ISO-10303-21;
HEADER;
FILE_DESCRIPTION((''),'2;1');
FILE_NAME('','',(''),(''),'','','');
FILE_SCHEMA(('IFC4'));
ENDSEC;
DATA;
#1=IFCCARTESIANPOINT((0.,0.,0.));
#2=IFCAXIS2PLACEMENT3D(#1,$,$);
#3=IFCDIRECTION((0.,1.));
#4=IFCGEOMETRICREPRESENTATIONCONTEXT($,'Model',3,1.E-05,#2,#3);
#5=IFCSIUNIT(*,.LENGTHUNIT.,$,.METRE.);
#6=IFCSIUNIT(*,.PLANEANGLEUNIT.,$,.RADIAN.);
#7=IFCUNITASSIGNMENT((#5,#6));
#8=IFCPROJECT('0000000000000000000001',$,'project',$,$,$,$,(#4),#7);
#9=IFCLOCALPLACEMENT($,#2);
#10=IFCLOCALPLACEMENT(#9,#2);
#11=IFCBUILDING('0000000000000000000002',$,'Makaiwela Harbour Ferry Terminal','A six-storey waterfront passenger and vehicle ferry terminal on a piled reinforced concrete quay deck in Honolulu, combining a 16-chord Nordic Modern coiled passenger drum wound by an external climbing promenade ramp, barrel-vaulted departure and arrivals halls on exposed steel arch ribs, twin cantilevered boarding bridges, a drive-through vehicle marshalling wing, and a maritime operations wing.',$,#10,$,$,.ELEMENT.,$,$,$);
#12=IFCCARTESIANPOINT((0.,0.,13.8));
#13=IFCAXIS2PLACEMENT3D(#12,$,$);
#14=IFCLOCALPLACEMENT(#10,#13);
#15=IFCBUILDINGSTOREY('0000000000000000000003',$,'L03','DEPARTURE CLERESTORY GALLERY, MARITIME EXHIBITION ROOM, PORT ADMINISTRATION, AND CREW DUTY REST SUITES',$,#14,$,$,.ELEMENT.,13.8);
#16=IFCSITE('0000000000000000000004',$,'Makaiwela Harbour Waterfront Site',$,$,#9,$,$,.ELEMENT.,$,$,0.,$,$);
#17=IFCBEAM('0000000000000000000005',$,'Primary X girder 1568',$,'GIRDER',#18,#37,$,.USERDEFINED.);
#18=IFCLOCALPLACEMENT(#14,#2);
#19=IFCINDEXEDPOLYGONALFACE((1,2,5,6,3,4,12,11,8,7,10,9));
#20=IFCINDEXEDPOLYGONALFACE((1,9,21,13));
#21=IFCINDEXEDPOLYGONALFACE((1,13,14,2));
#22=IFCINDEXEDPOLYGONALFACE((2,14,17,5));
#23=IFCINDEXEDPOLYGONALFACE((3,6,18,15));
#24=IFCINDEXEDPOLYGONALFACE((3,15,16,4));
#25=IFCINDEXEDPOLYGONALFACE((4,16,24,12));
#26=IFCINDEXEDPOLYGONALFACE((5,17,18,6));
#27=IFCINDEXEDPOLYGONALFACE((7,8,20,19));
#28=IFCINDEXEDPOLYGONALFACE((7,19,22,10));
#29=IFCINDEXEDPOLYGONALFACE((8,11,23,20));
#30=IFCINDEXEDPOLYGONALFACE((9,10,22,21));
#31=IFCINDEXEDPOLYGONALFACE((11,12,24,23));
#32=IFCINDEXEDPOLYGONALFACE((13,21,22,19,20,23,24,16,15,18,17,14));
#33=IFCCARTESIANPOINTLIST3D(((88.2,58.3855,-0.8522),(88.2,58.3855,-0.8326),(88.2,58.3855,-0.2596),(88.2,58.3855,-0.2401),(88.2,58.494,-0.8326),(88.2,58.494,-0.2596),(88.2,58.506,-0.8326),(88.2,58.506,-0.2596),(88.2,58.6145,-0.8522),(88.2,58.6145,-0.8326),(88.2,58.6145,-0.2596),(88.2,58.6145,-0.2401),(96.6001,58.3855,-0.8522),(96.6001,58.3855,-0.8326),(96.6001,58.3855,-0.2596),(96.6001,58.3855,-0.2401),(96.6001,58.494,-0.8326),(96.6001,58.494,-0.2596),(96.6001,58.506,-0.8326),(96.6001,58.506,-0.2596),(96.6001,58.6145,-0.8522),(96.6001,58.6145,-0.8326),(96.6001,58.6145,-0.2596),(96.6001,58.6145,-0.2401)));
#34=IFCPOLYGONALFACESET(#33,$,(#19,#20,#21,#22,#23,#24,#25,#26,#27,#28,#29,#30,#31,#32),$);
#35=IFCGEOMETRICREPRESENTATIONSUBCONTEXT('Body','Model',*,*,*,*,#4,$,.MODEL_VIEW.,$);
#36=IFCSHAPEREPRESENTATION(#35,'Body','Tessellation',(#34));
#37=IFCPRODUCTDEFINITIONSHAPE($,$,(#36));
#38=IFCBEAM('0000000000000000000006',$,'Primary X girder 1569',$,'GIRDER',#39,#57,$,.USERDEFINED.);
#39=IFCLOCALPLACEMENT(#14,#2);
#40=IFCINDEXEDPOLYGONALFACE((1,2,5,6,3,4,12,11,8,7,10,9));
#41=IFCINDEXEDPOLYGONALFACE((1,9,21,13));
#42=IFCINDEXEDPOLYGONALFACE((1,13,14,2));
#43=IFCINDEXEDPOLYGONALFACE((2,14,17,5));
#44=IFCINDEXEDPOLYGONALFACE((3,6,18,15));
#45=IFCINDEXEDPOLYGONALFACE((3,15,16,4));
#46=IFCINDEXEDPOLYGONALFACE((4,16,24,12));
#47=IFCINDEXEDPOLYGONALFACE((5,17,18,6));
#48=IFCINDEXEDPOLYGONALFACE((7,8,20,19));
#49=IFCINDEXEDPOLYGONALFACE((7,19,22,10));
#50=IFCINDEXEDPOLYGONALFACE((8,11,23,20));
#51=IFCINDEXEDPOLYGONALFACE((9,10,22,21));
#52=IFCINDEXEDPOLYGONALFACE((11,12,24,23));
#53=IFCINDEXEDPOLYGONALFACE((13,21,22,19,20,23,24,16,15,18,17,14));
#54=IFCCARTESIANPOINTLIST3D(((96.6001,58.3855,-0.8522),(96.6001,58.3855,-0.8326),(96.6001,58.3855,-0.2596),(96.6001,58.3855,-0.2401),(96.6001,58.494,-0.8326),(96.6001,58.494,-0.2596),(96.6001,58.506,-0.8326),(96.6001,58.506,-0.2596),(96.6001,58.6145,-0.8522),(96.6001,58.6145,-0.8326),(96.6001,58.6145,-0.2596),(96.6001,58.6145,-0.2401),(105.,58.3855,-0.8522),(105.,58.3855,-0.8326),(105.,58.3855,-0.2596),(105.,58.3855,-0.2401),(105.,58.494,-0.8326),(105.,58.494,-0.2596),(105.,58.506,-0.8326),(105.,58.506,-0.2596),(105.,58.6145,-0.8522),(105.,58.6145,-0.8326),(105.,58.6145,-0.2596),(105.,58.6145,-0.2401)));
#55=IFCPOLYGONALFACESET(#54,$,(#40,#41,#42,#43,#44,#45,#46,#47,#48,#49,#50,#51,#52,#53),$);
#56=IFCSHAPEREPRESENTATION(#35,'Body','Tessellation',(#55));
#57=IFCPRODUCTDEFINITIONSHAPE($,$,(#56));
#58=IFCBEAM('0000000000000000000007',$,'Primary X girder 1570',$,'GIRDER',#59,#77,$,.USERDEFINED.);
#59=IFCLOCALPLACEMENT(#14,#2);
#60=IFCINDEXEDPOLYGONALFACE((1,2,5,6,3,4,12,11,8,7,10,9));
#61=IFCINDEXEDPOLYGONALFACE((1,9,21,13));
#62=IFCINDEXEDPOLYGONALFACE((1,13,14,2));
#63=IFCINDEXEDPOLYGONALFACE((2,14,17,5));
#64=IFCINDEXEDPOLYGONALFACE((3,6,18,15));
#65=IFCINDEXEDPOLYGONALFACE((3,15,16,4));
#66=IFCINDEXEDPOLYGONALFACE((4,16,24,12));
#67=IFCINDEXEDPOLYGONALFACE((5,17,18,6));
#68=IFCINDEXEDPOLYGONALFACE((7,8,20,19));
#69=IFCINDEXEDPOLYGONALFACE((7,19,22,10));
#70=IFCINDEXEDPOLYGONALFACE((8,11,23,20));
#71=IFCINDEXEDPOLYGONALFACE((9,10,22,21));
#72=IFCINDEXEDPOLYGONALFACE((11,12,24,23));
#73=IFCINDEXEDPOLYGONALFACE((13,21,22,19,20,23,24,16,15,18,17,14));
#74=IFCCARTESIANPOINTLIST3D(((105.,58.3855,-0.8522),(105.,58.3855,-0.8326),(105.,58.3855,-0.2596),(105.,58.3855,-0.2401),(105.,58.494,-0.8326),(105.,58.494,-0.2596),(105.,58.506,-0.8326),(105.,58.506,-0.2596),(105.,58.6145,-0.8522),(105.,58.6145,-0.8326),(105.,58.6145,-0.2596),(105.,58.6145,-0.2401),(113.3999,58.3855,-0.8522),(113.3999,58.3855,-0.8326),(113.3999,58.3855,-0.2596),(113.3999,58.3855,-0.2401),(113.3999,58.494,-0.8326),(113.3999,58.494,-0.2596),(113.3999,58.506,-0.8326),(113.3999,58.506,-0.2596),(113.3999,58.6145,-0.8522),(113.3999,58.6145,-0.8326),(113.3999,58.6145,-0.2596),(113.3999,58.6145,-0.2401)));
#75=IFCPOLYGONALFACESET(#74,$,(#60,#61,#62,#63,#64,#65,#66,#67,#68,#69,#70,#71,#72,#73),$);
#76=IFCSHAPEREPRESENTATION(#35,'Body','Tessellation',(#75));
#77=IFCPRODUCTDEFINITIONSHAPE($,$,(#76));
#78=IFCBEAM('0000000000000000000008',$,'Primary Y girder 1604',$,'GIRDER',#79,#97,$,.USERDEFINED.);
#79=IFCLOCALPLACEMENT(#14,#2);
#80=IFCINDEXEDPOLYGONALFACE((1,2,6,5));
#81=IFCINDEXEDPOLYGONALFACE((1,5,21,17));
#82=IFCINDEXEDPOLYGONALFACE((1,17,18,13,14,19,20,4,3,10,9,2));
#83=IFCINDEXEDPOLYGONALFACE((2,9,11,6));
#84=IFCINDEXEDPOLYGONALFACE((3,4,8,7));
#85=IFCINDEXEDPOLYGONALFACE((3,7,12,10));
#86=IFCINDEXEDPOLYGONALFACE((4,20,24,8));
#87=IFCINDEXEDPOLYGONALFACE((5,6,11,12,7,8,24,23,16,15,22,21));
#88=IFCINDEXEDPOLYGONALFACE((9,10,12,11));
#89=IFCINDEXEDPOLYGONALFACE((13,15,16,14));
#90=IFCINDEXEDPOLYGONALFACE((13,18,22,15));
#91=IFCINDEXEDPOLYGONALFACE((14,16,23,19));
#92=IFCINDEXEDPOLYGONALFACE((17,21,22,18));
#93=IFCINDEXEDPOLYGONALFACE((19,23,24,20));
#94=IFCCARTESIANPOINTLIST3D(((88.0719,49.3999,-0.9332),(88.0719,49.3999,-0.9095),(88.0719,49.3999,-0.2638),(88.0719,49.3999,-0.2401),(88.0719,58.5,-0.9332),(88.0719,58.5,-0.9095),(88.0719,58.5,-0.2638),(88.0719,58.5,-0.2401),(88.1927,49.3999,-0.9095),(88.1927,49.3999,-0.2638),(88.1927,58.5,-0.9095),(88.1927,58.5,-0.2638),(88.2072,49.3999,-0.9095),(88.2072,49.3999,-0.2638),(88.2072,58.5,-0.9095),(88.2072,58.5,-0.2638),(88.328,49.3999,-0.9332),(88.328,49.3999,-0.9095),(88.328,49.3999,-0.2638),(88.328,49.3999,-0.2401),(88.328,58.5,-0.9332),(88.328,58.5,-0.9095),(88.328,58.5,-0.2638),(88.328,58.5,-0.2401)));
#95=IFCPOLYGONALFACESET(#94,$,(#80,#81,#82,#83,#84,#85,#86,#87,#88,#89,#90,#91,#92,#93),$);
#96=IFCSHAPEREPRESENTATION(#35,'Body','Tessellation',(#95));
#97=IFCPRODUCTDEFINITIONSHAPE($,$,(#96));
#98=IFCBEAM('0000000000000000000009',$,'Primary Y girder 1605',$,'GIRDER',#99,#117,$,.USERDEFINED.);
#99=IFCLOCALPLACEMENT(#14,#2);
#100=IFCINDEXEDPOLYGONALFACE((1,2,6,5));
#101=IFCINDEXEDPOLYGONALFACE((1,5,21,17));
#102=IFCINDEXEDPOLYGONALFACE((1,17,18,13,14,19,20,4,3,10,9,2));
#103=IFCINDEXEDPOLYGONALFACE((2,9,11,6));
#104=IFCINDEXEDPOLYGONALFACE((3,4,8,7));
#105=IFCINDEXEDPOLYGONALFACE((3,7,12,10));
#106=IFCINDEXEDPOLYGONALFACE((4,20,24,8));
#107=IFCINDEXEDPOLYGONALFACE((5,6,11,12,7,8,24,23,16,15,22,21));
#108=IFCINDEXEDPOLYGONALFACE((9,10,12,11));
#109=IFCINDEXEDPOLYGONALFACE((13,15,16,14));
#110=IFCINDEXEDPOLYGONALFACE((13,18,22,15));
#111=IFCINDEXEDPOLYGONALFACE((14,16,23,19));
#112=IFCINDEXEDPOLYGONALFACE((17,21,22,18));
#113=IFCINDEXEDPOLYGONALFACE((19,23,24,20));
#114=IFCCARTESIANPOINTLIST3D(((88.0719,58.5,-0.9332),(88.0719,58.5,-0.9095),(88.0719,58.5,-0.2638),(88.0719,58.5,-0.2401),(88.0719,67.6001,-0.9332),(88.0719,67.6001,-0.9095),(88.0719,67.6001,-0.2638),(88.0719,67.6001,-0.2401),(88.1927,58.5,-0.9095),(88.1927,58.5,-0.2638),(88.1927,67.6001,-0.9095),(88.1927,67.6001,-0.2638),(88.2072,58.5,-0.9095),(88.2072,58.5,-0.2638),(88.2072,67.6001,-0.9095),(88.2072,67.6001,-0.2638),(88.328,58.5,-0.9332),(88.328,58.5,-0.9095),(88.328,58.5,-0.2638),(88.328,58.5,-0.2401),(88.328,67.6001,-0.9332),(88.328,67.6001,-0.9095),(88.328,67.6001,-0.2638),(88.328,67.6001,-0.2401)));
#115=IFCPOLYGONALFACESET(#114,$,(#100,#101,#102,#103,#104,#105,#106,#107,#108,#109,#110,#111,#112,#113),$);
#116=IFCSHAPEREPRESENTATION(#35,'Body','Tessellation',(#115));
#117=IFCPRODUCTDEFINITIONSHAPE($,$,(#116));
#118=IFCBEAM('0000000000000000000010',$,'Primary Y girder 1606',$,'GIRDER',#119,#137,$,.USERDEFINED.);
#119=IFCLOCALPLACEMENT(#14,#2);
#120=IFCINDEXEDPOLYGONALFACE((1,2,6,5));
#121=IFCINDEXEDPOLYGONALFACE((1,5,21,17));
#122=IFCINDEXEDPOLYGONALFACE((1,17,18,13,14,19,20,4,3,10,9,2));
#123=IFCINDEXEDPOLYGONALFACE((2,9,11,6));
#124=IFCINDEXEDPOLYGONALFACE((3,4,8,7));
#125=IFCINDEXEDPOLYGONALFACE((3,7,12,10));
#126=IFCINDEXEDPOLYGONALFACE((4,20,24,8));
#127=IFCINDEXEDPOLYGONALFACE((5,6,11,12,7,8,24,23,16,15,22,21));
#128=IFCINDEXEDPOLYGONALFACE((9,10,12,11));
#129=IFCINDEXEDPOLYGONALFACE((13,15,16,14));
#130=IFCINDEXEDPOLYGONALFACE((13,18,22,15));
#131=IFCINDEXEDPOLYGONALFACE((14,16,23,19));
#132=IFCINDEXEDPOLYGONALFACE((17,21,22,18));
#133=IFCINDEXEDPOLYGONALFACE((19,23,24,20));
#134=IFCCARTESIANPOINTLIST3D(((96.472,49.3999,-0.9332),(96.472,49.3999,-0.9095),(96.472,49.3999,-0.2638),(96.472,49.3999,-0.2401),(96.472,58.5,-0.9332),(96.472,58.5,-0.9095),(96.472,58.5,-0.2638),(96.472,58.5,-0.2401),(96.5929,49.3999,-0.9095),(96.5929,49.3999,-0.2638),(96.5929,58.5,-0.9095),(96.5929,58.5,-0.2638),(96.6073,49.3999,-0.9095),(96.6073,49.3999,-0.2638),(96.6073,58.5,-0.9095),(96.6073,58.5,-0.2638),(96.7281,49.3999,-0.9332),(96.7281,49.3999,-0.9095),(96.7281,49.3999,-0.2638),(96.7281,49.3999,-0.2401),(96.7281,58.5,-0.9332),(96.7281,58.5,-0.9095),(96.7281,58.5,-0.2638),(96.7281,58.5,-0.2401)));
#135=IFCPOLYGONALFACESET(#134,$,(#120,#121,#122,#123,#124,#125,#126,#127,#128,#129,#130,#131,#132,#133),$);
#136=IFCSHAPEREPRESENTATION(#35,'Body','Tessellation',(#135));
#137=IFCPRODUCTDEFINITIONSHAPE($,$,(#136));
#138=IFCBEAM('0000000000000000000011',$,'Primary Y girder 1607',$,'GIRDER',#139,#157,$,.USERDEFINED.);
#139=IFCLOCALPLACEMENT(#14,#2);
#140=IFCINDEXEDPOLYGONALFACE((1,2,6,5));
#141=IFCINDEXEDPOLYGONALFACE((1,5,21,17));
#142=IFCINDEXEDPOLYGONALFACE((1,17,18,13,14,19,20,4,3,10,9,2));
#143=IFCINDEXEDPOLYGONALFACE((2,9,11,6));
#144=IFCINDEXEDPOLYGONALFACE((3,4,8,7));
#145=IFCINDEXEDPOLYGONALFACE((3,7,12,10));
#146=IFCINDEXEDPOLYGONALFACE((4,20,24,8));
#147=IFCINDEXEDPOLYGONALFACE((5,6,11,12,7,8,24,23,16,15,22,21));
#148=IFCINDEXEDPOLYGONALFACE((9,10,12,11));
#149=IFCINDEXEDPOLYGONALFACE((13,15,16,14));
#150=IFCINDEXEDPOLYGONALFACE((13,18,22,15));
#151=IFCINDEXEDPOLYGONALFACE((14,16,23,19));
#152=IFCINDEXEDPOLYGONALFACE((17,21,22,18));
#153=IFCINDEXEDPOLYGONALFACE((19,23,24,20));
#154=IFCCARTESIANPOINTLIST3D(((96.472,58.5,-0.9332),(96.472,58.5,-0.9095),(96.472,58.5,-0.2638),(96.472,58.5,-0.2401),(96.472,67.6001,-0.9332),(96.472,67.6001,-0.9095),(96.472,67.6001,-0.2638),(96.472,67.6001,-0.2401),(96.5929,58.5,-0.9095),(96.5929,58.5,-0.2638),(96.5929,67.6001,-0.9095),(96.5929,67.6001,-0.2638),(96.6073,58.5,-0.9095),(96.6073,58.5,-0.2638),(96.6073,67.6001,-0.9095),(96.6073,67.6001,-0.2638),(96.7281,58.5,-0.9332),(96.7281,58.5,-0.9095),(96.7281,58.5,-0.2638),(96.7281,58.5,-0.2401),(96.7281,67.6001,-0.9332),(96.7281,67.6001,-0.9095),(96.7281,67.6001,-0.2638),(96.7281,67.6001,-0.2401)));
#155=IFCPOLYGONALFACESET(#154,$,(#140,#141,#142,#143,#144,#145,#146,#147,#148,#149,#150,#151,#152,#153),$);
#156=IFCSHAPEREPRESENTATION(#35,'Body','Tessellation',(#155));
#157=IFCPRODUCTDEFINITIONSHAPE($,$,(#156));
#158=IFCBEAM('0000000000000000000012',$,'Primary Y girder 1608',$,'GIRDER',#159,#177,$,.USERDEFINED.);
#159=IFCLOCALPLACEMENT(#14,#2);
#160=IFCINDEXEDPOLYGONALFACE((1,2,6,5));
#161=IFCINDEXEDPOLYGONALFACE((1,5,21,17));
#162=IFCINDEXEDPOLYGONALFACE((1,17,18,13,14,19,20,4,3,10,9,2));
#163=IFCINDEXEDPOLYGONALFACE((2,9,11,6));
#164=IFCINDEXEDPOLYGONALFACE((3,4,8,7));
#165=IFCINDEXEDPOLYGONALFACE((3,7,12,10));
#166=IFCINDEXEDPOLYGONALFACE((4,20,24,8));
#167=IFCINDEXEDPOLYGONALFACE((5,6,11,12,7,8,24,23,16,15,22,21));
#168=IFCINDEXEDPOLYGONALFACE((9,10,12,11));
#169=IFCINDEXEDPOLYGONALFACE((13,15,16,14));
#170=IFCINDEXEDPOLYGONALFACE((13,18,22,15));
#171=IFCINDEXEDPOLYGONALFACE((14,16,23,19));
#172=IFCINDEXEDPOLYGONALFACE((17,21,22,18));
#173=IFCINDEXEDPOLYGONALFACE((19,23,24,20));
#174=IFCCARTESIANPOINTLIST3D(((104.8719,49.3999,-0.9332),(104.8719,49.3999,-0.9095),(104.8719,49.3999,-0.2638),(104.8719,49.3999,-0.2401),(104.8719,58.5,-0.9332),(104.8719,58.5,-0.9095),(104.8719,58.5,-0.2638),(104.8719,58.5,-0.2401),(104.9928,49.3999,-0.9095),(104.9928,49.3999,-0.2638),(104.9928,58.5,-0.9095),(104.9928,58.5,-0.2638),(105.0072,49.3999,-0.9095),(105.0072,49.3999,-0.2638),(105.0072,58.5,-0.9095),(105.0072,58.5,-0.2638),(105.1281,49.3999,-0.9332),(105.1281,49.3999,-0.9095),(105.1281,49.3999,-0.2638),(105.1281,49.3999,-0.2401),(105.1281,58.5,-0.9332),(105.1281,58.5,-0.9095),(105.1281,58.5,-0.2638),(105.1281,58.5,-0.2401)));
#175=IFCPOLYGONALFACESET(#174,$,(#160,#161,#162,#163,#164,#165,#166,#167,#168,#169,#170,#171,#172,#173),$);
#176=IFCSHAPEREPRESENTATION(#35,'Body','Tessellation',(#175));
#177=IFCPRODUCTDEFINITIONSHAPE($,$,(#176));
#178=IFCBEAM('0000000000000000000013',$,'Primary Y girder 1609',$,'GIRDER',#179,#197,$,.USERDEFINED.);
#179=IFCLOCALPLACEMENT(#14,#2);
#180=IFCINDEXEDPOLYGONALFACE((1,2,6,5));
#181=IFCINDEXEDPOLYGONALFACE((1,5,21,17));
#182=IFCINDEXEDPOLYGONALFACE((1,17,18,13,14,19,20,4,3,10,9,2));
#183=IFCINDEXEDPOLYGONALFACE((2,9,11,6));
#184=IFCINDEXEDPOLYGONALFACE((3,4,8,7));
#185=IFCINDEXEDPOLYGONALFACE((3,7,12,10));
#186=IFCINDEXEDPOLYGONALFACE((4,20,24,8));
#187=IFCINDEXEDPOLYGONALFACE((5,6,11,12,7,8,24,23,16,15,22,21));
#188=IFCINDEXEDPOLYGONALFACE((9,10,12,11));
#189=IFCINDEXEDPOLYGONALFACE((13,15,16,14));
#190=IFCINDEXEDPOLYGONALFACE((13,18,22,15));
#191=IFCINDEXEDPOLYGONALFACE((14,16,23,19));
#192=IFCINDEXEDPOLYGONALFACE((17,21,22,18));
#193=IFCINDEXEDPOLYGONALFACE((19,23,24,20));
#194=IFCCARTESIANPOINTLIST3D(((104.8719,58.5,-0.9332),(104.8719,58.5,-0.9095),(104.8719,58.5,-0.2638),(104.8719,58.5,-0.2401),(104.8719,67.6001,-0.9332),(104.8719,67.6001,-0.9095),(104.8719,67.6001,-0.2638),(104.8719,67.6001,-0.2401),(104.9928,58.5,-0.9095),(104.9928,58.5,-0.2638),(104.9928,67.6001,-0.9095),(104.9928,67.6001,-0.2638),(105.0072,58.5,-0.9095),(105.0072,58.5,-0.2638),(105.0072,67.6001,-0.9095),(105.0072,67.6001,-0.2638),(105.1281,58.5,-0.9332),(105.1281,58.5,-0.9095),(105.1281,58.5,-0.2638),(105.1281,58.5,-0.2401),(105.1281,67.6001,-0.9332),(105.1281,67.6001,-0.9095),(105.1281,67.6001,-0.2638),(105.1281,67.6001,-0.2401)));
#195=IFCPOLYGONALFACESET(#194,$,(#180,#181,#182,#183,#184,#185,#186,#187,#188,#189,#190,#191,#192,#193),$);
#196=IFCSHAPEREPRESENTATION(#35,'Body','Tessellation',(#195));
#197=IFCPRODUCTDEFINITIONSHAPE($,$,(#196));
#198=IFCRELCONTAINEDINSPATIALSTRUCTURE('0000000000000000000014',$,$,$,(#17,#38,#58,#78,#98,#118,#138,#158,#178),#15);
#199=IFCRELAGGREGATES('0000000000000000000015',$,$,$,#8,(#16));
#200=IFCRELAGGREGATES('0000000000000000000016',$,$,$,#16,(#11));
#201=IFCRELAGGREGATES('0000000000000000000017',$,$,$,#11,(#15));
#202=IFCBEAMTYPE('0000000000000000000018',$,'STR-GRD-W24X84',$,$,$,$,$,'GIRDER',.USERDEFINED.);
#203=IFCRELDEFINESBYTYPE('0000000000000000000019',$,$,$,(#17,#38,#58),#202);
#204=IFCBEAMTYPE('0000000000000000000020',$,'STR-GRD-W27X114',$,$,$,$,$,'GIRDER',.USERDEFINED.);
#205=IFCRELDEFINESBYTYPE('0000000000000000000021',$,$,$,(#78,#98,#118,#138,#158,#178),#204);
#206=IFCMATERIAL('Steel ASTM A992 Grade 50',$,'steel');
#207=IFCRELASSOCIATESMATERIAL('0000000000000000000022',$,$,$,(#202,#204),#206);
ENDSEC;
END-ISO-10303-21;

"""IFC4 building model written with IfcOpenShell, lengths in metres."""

from ifc_helpers import new_model, si_unit, direction, frame, origin, origin_2d, place, context, subcontext, project, spatial, i_section, extrude, material, material_profile, profile_set, type_object, element, save


model = new_model("IFC4")

# Units and contexts
model_context = context("Model", 3, precision=1e-05, world=origin(), true_north=direction((0.0, 1.0)))
body_context = subcontext(model_context, "Body", "Model", "MODEL_VIEW")
ifc_project = project(units=[si_unit("LENGTHUNIT", "METRE"), si_unit("PLANEANGLEUNIT", "RADIAN")], contexts=[model_context])

# Site, building, storey
site_placement = place(None, origin())
site = spatial("IfcSite", under=ifc_project, at=site_placement, Name="Makaiwela Harbour Waterfront Site", CompositionType="ELEMENT", RefElevation=0.0)
building_placement = place(site_placement, origin())
building = spatial("IfcBuilding", under=site, at=building_placement, Name="Makaiwela Harbour Ferry Terminal", Description="A six-storey waterfront passenger and vehicle ferry terminal on a piled reinforced concrete quay deck in Honolulu, combining a 16-chord Nordic Modern coiled passenger drum wound by an external climbing promenade ramp, barrel-vaulted departure and arrivals halls on exposed steel arch ribs, twin cantilevered boarding bridges, a drive-through vehicle marshalling wing, and a maritime operations wing.", CompositionType="ELEMENT")
storey_placement = place(building_placement, frame((0.0, 0.0, 13.8)))
storey = spatial("IfcBuildingStorey", under=building, at=storey_placement, Name="L03", Description="DEPARTURE CLERESTORY GALLERY, MARITIME EXHIBITION ROOM, PORT ADMINISTRATION, AND CREW DUTY REST SUITES", CompositionType="ELEMENT", Elevation=13.8)

# Shared definitions
ifc_material_1 = material(Name="Steel ASTM A992 Grade 50", Category="steel")

# Beams
ifc_material_profile_1 = material_profile(ifc_material_1, i_section(OverallWidth=0.229, OverallDepth=0.6121, WebThickness=0.012, FlangeThickness=0.0195, at=origin_2d()), Name="W24X84")
ifc_profile_set_1 = profile_set([ifc_material_profile_1], Name="Steel ASTM A992 Grade 50")
beam_type_1 = type_object("IfcBeamType", Name="STR-GRD-W24X84", ElementType="GIRDER", PredefinedType="USERDEFINED", material=ifc_profile_set_1)
beam_1_placement = place(storey_placement, frame((88.2, 58.5, -0.5461), z_axis=(1.0, 0.0, 0.0), x_axis=(0.0, 1.0, 0.0)))
element("IfcBeam", 1, at=beam_1_placement, inside=storey, type_object=beam_type_1, Name="Primary X girder 1568", ObjectType="GIRDER", PredefinedType="USERDEFINED", context=body_context, shape_type="SweptSolid", body=[
    extrude(i_section(OverallWidth=0.229, OverallDepth=0.6121, WebThickness=0.012, FlangeThickness=0.0195, at=origin_2d()), origin(), (0.0, 0.0, 1.0), 8.4001),
])
for number, where, z_axis, x_axis, name in (
    (2, (96.6001, 58.5, -0.5461), (1.0, 0.0, 0.0), (0.0, 1.0, 0.0), "Primary X girder 1569"),
    (3, (105.0, 58.5, -0.5461), (1.0, 0.0, 0.0), (0.0, 1.0, 0.0), "Primary X girder 1570"),
):
    element("IfcBeam", number, at=place(storey_placement, frame(where, z_axis=z_axis, x_axis=x_axis)), inside=storey, type_object=beam_type_1, Name=name, ObjectType="GIRDER", PredefinedType="USERDEFINED", context=body_context, shape_type="SweptSolid", body=[
        extrude(i_section(OverallWidth=0.229, OverallDepth=0.6121, WebThickness=0.012, FlangeThickness=0.0195, at=origin_2d()), origin(), (0.0, 0.0, 1.0), 8.3999),
    ])
ifc_material_profile_2 = material_profile(ifc_material_1, i_section(OverallWidth=0.2561, OverallDepth=0.6931, WebThickness=0.0144, FlangeThickness=0.0237, at=origin_2d()), Name="W27X114")
ifc_profile_set_2 = profile_set([ifc_material_profile_2], Name="Steel ASTM A992 Grade 50")
beam_type_2 = type_object("IfcBeamType", Name="STR-GRD-W27X114", ElementType="GIRDER", PredefinedType="USERDEFINED", material=ifc_profile_set_2)
for number, where, z_axis, x_axis, name in (
    (4, (88.2, 49.3999, -0.5867), (0.0, 1.0, 0.0), (-1.0, 0.0, 0.0), "Primary Y girder 1604"),
    (5, (88.2, 58.5, -0.5867), (0.0, 1.0, 0.0), (-1.0, 0.0, 0.0), "Primary Y girder 1605"),
    (6, (96.6001, 49.3999, -0.5867), (0.0, 1.0, 0.0), (-1.0, 0.0, 0.0), "Primary Y girder 1606"),
    (7, (96.6001, 58.5, -0.5867), (0.0, 1.0, 0.0), (-1.0, 0.0, 0.0), "Primary Y girder 1607"),
    (8, (105.0, 49.3999, -0.5867), (0.0, 1.0, 0.0), (-1.0, 0.0, 0.0), "Primary Y girder 1608"),
    (9, (105.0, 58.5, -0.5867), (0.0, 1.0, 0.0), (-1.0, 0.0, 0.0), "Primary Y girder 1609"),
):
    element("IfcBeam", number, at=place(storey_placement, frame(where, z_axis=z_axis, x_axis=x_axis)), inside=storey, type_object=beam_type_2, Name=name, ObjectType="GIRDER", PredefinedType="USERDEFINED", context=body_context, shape_type="SweptSolid", body=[
        extrude(i_section(OverallWidth=0.2561, OverallDepth=0.6931, WebThickness=0.0144, FlangeThickness=0.0237, at=origin_2d()), origin(), (0.0, 0.0, 1.0), 9.1001),
    ])

save(model, "model.ifc")
